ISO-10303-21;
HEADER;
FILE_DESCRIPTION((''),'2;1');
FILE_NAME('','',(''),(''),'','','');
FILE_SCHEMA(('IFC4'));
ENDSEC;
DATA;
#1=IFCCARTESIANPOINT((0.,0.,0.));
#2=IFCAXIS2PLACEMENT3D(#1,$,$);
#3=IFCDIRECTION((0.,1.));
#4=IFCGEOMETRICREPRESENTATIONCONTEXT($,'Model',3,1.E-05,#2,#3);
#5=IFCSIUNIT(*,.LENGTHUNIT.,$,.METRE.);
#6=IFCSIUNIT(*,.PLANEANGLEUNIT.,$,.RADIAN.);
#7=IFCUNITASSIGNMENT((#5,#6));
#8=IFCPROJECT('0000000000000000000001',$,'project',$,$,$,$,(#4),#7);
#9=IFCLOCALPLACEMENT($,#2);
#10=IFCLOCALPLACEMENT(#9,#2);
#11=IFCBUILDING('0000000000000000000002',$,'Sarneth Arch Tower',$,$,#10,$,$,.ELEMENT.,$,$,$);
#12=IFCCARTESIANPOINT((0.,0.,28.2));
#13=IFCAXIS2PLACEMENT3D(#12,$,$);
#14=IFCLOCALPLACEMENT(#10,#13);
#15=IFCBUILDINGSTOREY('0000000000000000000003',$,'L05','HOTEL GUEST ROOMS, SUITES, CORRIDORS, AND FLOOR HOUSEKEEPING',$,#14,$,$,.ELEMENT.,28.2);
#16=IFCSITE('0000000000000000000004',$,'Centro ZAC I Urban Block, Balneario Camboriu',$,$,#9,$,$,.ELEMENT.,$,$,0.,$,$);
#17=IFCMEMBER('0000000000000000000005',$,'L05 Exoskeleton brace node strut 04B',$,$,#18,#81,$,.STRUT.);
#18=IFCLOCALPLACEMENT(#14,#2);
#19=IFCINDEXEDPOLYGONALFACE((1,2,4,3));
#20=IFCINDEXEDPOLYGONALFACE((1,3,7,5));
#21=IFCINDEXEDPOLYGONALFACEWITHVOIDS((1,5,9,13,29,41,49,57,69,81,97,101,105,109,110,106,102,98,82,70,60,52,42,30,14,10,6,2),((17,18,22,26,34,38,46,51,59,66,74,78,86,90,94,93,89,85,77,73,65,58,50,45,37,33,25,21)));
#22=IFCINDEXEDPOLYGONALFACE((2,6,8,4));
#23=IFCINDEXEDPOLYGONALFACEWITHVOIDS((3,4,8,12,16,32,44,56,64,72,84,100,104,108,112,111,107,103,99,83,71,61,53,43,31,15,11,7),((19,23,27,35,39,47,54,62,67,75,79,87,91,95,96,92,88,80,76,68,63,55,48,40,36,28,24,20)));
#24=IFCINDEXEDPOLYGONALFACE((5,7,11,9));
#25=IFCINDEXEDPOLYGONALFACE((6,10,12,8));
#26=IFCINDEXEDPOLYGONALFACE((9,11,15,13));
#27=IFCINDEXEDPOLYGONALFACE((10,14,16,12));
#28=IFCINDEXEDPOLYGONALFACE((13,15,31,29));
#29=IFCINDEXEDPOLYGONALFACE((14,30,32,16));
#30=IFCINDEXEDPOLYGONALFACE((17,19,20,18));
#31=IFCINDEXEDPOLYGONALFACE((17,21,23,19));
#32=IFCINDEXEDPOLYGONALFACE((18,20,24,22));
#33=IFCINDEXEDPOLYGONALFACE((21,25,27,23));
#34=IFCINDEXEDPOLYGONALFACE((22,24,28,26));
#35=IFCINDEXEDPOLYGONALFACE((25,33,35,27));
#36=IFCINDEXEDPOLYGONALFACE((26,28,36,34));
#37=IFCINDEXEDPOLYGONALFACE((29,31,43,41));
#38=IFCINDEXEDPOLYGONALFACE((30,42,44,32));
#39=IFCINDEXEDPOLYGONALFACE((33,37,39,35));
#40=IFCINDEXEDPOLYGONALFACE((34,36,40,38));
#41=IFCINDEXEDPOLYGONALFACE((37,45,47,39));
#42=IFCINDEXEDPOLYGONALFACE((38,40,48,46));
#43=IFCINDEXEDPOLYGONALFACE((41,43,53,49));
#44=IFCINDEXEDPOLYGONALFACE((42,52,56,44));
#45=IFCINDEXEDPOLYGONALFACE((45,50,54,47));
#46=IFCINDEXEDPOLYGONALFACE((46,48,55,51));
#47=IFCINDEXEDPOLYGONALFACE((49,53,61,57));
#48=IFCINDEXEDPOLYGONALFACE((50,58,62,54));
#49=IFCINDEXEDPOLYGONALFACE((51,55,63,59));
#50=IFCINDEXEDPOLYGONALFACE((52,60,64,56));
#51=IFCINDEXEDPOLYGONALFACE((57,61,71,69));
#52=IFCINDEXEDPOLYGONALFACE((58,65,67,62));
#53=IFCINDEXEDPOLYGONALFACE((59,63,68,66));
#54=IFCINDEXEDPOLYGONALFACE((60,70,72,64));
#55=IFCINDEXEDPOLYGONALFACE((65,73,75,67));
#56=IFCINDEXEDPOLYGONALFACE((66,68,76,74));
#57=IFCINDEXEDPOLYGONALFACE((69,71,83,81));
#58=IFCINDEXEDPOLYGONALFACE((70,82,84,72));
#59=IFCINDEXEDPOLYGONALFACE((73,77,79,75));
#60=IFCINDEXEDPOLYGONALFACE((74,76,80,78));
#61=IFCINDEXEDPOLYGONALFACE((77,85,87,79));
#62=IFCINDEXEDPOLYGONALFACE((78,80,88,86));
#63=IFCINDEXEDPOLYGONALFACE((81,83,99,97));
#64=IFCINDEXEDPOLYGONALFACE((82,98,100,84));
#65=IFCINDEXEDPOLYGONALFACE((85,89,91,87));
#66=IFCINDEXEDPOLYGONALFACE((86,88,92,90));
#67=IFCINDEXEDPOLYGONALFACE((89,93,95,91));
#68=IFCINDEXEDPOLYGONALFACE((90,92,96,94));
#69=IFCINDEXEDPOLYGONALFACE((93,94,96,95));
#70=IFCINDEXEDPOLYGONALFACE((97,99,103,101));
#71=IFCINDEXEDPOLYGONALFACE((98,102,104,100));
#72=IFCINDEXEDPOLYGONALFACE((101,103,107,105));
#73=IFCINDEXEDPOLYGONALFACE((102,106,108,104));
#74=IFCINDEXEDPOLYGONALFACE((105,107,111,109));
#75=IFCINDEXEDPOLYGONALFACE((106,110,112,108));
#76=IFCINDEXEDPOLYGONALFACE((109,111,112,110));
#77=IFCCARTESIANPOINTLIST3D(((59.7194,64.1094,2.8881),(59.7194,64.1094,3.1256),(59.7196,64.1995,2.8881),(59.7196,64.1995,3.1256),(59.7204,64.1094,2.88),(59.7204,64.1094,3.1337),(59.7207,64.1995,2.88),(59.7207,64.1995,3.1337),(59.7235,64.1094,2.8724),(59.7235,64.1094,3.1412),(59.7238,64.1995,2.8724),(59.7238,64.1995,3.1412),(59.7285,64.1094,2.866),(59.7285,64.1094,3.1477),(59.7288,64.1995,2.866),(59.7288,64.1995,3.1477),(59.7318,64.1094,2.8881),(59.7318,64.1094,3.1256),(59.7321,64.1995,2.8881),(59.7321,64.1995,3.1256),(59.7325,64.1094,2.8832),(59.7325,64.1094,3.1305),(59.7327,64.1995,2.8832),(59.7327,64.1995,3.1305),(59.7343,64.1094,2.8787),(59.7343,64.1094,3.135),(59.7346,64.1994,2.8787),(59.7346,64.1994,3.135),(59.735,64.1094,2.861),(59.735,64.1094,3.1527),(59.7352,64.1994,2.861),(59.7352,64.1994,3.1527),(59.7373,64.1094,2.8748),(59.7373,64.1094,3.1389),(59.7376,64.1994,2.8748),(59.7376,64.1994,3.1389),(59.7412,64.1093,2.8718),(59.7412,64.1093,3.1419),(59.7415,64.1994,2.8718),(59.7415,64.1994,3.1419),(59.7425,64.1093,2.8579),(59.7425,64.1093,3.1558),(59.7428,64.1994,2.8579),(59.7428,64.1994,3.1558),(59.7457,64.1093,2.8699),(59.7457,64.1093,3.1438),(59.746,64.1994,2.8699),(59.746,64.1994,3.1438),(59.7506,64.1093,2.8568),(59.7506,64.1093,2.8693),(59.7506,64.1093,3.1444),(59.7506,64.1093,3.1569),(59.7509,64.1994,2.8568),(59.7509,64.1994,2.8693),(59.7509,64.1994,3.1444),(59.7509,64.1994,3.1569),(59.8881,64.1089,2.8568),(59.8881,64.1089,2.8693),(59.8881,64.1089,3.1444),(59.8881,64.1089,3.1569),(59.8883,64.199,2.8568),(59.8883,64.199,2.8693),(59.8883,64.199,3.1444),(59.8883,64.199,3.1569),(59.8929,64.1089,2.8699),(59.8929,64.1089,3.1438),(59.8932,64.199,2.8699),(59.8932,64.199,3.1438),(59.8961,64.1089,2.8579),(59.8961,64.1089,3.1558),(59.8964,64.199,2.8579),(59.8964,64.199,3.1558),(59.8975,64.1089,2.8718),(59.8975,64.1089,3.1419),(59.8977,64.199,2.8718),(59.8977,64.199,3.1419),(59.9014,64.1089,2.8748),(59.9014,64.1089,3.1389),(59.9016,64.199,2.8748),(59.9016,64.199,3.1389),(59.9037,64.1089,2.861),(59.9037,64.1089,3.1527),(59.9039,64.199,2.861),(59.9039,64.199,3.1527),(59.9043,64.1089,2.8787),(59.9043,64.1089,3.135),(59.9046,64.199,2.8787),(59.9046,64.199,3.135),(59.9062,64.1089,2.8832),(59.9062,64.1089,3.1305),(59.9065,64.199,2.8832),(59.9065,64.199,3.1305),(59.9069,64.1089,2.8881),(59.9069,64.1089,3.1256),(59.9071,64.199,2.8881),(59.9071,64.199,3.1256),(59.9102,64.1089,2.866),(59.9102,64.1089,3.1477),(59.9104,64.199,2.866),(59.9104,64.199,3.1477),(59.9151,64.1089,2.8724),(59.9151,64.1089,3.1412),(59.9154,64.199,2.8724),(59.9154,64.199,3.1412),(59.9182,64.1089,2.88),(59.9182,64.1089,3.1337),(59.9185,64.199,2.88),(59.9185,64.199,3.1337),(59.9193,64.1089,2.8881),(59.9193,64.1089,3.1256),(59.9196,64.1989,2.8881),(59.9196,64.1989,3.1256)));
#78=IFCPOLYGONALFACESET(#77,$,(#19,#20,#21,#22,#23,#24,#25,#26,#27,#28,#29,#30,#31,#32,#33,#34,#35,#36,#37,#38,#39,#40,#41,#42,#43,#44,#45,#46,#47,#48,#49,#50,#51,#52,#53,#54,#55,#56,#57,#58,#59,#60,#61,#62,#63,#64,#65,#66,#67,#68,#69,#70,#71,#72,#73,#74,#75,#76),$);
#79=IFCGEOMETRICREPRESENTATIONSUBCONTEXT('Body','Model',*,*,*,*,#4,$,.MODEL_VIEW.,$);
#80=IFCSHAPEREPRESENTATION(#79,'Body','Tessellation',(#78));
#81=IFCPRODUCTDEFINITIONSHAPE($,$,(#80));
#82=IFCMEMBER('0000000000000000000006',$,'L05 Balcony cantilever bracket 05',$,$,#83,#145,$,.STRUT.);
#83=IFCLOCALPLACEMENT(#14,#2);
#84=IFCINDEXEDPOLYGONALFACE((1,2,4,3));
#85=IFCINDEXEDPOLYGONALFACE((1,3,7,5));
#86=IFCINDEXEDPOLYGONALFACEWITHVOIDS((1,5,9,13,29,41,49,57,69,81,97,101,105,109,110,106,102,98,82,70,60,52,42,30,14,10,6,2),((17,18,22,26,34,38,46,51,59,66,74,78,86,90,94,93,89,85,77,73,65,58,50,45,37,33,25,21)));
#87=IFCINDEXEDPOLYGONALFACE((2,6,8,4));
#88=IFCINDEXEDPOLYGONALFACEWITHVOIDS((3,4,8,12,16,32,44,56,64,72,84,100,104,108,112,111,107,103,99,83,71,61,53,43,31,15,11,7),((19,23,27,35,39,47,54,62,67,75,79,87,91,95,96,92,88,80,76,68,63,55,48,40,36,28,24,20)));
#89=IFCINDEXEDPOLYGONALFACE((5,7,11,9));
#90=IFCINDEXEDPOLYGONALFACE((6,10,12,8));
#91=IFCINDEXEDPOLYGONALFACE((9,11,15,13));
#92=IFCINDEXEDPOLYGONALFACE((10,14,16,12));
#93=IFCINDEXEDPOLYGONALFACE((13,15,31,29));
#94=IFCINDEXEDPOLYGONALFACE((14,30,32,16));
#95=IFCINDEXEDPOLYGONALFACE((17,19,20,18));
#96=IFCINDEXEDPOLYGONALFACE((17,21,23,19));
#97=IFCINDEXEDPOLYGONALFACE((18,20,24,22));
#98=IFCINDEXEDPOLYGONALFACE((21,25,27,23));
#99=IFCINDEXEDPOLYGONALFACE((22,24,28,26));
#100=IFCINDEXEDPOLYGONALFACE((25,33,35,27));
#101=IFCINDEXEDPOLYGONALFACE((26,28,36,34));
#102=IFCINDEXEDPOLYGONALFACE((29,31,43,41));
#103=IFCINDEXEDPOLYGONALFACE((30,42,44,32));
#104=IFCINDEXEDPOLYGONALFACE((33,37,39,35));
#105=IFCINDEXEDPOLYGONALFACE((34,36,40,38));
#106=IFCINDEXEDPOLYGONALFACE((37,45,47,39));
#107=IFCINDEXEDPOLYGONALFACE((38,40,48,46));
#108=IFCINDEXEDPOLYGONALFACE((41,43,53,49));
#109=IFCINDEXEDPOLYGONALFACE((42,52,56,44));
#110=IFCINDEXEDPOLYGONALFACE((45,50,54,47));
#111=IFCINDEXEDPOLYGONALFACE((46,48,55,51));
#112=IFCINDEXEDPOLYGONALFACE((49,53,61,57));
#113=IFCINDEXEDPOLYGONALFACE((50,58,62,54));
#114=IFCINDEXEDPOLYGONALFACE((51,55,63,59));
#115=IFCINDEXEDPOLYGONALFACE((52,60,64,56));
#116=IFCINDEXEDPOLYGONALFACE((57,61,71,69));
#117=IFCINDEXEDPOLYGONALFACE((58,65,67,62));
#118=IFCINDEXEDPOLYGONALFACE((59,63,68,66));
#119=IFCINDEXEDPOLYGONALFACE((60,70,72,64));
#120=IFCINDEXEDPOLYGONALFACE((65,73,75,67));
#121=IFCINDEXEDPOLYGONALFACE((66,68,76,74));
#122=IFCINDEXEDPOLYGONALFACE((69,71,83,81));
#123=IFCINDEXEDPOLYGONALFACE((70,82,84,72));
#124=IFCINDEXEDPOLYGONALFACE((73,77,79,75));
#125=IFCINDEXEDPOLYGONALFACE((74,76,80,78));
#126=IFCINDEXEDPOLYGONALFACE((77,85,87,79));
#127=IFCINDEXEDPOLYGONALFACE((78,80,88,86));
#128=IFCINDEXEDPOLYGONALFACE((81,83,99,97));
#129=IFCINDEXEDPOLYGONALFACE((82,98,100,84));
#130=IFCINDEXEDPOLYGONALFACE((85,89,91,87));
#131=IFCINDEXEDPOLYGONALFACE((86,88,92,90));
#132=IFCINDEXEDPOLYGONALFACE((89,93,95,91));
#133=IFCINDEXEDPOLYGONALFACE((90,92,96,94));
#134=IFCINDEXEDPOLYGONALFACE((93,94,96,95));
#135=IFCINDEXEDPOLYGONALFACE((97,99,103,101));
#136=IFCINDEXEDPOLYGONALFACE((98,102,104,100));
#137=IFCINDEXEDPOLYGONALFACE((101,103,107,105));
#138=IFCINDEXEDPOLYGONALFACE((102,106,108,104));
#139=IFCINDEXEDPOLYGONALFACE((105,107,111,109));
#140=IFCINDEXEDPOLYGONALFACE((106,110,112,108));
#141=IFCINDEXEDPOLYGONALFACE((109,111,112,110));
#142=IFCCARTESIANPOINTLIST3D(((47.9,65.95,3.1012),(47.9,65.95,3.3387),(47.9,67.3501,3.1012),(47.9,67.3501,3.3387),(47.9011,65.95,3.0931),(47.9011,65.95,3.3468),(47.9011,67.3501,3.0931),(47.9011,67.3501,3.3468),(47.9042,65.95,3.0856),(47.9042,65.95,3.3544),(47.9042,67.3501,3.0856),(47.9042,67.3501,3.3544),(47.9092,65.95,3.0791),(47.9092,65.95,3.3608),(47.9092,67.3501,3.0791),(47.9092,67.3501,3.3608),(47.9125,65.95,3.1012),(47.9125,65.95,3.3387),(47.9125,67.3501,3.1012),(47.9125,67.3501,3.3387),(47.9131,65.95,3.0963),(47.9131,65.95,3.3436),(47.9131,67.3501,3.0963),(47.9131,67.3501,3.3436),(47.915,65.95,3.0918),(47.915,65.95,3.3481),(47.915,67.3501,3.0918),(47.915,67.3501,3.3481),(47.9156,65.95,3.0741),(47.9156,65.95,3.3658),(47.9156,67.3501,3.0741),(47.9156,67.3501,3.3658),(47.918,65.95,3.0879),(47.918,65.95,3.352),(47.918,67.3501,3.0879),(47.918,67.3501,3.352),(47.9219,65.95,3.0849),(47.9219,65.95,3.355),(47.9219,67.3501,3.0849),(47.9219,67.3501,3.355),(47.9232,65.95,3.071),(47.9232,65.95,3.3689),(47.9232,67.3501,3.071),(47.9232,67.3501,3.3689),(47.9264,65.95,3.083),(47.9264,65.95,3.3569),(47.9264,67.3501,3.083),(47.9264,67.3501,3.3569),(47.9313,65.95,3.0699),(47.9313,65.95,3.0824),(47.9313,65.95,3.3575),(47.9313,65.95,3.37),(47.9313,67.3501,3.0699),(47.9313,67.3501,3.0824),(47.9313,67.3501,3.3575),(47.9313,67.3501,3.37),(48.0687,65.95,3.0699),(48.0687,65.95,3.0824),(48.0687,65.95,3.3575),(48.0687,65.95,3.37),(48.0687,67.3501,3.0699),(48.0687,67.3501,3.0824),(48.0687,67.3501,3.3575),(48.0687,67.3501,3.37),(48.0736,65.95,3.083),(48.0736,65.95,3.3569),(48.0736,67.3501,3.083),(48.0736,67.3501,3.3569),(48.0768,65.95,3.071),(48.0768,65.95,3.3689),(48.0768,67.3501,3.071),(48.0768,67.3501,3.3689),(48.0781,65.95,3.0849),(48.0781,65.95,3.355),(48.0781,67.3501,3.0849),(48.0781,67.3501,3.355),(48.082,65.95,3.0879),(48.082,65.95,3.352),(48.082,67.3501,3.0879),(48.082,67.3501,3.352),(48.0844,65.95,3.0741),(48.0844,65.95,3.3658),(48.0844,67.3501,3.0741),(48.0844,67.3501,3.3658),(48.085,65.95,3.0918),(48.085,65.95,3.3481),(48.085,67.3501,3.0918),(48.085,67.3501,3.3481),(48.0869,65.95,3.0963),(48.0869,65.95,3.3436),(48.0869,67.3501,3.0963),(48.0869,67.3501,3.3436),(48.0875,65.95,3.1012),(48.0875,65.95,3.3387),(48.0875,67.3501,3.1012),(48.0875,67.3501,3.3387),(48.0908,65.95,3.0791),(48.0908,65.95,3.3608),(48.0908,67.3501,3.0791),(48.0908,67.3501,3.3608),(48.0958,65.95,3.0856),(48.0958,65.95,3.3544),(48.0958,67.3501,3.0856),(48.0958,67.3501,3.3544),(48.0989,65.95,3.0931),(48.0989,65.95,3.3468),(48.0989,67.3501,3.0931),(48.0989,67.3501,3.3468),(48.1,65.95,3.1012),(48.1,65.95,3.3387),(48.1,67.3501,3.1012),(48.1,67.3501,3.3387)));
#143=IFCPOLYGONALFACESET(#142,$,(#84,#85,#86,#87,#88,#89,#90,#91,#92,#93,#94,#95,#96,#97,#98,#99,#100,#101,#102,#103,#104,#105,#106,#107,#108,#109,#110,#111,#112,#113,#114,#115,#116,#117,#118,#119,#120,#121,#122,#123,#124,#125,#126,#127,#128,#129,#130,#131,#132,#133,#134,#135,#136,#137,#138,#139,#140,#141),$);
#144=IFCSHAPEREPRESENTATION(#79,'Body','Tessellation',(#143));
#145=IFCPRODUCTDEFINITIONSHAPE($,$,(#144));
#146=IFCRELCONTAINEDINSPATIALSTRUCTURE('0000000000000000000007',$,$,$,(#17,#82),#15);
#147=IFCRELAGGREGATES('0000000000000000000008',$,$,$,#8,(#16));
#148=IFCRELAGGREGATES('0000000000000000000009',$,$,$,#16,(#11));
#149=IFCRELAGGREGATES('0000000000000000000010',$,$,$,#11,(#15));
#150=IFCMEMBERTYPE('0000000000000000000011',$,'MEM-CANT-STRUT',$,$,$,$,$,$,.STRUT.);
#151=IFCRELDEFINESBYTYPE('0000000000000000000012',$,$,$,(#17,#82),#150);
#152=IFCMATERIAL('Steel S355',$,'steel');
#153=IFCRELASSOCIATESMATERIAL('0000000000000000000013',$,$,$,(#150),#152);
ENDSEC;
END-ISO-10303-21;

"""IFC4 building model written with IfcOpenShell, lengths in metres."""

from ifc_helpers import new_model, si_unit, direction, frame, origin, origin_2d, place, context, subcontext, project, spatial, hollow_rectangle, extrude, material, material_profile, profile_set, type_object, element, save


model = new_model("IFC4")

# Units and contexts
model_context = context("Model", 3, precision=1e-05, world=origin(), true_north=direction((0.0, 1.0)))
body_context = subcontext(model_context, "Body", "Model", "MODEL_VIEW")
ifc_project = project(units=[si_unit("LENGTHUNIT", "METRE"), si_unit("PLANEANGLEUNIT", "RADIAN")], contexts=[model_context])

# Site, building, storey
site_placement = place(None, origin())
site = spatial("IfcSite", under=ifc_project, at=site_placement, Name="Centro ZAC I Urban Block, Balneario Camboriu", CompositionType="ELEMENT", RefElevation=0.0)
building_placement = place(site_placement, origin())
building = spatial("IfcBuilding", under=site, at=building_placement, Name="Sarneth Arch Tower", CompositionType="ELEMENT")
storey_placement = place(building_placement, frame((0.0, 0.0, 28.2)))
storey = spatial("IfcBuildingStorey", under=building, at=storey_placement, Name="L05", Description="HOTEL GUEST ROOMS, SUITES, CORRIDORS, AND FLOOR HOUSEKEEPING", CompositionType="ELEMENT", Elevation=28.2)

# Members
ifc_material_1 = material(Name="Steel S355", Category="steel")
ifc_material_profile_1 = material_profile(ifc_material_1, hollow_rectangle(XDim=0.2, YDim=0.3, WallThickness=0.0125, InnerFilletRadius=0.0188, OuterFilletRadius=0.0312, at=origin_2d()), Name="RHS300x200x12.5")
ifc_profile_set_1 = profile_set([ifc_material_profile_1], Name="Steel S355")
member_type_1 = type_object("IfcMemberType", Name="MEM-CANT-STRUT", PredefinedType="STRUT", material=ifc_profile_set_1)
member_1_placement = place(storey_placement, frame((59.8193, 64.1091, 3.0068), z_axis=(0.00271, 0.999996, 0.0), x_axis=(-0.999996, 0.00271, 0.0)))
element("IfcMember", 1, at=member_1_placement, inside=storey, type_object=member_type_1, Name="L05 Exoskeleton brace node strut 04B", PredefinedType="STRUT", context=body_context, shape_type="SweptSolid", body=[
    extrude(hollow_rectangle(XDim=0.2, YDim=0.3, WallThickness=0.0125, InnerFilletRadius=0.0188, OuterFilletRadius=0.0312, at=origin_2d()), origin(), (0.0, 0.0, 1.0), 0.0901),
])
member_2_placement = place(storey_placement, frame((48.0, 65.95, 3.22), z_axis=(0.0, 1.0, 0.0), x_axis=(-1.0, 0.0, 0.0)))
element("IfcMember", 2, at=member_2_placement, inside=storey, type_object=member_type_1, Name="L05 Balcony cantilever bracket 05", PredefinedType="STRUT", context=body_context, shape_type="SweptSolid", body=[
    extrude(hollow_rectangle(XDim=0.2, YDim=0.3, WallThickness=0.0125, InnerFilletRadius=0.0188, OuterFilletRadius=0.0312, at=origin_2d()), origin(), (0.0, 0.0, 1.0), 1.4001),
])

save(model, "model.ifc")
